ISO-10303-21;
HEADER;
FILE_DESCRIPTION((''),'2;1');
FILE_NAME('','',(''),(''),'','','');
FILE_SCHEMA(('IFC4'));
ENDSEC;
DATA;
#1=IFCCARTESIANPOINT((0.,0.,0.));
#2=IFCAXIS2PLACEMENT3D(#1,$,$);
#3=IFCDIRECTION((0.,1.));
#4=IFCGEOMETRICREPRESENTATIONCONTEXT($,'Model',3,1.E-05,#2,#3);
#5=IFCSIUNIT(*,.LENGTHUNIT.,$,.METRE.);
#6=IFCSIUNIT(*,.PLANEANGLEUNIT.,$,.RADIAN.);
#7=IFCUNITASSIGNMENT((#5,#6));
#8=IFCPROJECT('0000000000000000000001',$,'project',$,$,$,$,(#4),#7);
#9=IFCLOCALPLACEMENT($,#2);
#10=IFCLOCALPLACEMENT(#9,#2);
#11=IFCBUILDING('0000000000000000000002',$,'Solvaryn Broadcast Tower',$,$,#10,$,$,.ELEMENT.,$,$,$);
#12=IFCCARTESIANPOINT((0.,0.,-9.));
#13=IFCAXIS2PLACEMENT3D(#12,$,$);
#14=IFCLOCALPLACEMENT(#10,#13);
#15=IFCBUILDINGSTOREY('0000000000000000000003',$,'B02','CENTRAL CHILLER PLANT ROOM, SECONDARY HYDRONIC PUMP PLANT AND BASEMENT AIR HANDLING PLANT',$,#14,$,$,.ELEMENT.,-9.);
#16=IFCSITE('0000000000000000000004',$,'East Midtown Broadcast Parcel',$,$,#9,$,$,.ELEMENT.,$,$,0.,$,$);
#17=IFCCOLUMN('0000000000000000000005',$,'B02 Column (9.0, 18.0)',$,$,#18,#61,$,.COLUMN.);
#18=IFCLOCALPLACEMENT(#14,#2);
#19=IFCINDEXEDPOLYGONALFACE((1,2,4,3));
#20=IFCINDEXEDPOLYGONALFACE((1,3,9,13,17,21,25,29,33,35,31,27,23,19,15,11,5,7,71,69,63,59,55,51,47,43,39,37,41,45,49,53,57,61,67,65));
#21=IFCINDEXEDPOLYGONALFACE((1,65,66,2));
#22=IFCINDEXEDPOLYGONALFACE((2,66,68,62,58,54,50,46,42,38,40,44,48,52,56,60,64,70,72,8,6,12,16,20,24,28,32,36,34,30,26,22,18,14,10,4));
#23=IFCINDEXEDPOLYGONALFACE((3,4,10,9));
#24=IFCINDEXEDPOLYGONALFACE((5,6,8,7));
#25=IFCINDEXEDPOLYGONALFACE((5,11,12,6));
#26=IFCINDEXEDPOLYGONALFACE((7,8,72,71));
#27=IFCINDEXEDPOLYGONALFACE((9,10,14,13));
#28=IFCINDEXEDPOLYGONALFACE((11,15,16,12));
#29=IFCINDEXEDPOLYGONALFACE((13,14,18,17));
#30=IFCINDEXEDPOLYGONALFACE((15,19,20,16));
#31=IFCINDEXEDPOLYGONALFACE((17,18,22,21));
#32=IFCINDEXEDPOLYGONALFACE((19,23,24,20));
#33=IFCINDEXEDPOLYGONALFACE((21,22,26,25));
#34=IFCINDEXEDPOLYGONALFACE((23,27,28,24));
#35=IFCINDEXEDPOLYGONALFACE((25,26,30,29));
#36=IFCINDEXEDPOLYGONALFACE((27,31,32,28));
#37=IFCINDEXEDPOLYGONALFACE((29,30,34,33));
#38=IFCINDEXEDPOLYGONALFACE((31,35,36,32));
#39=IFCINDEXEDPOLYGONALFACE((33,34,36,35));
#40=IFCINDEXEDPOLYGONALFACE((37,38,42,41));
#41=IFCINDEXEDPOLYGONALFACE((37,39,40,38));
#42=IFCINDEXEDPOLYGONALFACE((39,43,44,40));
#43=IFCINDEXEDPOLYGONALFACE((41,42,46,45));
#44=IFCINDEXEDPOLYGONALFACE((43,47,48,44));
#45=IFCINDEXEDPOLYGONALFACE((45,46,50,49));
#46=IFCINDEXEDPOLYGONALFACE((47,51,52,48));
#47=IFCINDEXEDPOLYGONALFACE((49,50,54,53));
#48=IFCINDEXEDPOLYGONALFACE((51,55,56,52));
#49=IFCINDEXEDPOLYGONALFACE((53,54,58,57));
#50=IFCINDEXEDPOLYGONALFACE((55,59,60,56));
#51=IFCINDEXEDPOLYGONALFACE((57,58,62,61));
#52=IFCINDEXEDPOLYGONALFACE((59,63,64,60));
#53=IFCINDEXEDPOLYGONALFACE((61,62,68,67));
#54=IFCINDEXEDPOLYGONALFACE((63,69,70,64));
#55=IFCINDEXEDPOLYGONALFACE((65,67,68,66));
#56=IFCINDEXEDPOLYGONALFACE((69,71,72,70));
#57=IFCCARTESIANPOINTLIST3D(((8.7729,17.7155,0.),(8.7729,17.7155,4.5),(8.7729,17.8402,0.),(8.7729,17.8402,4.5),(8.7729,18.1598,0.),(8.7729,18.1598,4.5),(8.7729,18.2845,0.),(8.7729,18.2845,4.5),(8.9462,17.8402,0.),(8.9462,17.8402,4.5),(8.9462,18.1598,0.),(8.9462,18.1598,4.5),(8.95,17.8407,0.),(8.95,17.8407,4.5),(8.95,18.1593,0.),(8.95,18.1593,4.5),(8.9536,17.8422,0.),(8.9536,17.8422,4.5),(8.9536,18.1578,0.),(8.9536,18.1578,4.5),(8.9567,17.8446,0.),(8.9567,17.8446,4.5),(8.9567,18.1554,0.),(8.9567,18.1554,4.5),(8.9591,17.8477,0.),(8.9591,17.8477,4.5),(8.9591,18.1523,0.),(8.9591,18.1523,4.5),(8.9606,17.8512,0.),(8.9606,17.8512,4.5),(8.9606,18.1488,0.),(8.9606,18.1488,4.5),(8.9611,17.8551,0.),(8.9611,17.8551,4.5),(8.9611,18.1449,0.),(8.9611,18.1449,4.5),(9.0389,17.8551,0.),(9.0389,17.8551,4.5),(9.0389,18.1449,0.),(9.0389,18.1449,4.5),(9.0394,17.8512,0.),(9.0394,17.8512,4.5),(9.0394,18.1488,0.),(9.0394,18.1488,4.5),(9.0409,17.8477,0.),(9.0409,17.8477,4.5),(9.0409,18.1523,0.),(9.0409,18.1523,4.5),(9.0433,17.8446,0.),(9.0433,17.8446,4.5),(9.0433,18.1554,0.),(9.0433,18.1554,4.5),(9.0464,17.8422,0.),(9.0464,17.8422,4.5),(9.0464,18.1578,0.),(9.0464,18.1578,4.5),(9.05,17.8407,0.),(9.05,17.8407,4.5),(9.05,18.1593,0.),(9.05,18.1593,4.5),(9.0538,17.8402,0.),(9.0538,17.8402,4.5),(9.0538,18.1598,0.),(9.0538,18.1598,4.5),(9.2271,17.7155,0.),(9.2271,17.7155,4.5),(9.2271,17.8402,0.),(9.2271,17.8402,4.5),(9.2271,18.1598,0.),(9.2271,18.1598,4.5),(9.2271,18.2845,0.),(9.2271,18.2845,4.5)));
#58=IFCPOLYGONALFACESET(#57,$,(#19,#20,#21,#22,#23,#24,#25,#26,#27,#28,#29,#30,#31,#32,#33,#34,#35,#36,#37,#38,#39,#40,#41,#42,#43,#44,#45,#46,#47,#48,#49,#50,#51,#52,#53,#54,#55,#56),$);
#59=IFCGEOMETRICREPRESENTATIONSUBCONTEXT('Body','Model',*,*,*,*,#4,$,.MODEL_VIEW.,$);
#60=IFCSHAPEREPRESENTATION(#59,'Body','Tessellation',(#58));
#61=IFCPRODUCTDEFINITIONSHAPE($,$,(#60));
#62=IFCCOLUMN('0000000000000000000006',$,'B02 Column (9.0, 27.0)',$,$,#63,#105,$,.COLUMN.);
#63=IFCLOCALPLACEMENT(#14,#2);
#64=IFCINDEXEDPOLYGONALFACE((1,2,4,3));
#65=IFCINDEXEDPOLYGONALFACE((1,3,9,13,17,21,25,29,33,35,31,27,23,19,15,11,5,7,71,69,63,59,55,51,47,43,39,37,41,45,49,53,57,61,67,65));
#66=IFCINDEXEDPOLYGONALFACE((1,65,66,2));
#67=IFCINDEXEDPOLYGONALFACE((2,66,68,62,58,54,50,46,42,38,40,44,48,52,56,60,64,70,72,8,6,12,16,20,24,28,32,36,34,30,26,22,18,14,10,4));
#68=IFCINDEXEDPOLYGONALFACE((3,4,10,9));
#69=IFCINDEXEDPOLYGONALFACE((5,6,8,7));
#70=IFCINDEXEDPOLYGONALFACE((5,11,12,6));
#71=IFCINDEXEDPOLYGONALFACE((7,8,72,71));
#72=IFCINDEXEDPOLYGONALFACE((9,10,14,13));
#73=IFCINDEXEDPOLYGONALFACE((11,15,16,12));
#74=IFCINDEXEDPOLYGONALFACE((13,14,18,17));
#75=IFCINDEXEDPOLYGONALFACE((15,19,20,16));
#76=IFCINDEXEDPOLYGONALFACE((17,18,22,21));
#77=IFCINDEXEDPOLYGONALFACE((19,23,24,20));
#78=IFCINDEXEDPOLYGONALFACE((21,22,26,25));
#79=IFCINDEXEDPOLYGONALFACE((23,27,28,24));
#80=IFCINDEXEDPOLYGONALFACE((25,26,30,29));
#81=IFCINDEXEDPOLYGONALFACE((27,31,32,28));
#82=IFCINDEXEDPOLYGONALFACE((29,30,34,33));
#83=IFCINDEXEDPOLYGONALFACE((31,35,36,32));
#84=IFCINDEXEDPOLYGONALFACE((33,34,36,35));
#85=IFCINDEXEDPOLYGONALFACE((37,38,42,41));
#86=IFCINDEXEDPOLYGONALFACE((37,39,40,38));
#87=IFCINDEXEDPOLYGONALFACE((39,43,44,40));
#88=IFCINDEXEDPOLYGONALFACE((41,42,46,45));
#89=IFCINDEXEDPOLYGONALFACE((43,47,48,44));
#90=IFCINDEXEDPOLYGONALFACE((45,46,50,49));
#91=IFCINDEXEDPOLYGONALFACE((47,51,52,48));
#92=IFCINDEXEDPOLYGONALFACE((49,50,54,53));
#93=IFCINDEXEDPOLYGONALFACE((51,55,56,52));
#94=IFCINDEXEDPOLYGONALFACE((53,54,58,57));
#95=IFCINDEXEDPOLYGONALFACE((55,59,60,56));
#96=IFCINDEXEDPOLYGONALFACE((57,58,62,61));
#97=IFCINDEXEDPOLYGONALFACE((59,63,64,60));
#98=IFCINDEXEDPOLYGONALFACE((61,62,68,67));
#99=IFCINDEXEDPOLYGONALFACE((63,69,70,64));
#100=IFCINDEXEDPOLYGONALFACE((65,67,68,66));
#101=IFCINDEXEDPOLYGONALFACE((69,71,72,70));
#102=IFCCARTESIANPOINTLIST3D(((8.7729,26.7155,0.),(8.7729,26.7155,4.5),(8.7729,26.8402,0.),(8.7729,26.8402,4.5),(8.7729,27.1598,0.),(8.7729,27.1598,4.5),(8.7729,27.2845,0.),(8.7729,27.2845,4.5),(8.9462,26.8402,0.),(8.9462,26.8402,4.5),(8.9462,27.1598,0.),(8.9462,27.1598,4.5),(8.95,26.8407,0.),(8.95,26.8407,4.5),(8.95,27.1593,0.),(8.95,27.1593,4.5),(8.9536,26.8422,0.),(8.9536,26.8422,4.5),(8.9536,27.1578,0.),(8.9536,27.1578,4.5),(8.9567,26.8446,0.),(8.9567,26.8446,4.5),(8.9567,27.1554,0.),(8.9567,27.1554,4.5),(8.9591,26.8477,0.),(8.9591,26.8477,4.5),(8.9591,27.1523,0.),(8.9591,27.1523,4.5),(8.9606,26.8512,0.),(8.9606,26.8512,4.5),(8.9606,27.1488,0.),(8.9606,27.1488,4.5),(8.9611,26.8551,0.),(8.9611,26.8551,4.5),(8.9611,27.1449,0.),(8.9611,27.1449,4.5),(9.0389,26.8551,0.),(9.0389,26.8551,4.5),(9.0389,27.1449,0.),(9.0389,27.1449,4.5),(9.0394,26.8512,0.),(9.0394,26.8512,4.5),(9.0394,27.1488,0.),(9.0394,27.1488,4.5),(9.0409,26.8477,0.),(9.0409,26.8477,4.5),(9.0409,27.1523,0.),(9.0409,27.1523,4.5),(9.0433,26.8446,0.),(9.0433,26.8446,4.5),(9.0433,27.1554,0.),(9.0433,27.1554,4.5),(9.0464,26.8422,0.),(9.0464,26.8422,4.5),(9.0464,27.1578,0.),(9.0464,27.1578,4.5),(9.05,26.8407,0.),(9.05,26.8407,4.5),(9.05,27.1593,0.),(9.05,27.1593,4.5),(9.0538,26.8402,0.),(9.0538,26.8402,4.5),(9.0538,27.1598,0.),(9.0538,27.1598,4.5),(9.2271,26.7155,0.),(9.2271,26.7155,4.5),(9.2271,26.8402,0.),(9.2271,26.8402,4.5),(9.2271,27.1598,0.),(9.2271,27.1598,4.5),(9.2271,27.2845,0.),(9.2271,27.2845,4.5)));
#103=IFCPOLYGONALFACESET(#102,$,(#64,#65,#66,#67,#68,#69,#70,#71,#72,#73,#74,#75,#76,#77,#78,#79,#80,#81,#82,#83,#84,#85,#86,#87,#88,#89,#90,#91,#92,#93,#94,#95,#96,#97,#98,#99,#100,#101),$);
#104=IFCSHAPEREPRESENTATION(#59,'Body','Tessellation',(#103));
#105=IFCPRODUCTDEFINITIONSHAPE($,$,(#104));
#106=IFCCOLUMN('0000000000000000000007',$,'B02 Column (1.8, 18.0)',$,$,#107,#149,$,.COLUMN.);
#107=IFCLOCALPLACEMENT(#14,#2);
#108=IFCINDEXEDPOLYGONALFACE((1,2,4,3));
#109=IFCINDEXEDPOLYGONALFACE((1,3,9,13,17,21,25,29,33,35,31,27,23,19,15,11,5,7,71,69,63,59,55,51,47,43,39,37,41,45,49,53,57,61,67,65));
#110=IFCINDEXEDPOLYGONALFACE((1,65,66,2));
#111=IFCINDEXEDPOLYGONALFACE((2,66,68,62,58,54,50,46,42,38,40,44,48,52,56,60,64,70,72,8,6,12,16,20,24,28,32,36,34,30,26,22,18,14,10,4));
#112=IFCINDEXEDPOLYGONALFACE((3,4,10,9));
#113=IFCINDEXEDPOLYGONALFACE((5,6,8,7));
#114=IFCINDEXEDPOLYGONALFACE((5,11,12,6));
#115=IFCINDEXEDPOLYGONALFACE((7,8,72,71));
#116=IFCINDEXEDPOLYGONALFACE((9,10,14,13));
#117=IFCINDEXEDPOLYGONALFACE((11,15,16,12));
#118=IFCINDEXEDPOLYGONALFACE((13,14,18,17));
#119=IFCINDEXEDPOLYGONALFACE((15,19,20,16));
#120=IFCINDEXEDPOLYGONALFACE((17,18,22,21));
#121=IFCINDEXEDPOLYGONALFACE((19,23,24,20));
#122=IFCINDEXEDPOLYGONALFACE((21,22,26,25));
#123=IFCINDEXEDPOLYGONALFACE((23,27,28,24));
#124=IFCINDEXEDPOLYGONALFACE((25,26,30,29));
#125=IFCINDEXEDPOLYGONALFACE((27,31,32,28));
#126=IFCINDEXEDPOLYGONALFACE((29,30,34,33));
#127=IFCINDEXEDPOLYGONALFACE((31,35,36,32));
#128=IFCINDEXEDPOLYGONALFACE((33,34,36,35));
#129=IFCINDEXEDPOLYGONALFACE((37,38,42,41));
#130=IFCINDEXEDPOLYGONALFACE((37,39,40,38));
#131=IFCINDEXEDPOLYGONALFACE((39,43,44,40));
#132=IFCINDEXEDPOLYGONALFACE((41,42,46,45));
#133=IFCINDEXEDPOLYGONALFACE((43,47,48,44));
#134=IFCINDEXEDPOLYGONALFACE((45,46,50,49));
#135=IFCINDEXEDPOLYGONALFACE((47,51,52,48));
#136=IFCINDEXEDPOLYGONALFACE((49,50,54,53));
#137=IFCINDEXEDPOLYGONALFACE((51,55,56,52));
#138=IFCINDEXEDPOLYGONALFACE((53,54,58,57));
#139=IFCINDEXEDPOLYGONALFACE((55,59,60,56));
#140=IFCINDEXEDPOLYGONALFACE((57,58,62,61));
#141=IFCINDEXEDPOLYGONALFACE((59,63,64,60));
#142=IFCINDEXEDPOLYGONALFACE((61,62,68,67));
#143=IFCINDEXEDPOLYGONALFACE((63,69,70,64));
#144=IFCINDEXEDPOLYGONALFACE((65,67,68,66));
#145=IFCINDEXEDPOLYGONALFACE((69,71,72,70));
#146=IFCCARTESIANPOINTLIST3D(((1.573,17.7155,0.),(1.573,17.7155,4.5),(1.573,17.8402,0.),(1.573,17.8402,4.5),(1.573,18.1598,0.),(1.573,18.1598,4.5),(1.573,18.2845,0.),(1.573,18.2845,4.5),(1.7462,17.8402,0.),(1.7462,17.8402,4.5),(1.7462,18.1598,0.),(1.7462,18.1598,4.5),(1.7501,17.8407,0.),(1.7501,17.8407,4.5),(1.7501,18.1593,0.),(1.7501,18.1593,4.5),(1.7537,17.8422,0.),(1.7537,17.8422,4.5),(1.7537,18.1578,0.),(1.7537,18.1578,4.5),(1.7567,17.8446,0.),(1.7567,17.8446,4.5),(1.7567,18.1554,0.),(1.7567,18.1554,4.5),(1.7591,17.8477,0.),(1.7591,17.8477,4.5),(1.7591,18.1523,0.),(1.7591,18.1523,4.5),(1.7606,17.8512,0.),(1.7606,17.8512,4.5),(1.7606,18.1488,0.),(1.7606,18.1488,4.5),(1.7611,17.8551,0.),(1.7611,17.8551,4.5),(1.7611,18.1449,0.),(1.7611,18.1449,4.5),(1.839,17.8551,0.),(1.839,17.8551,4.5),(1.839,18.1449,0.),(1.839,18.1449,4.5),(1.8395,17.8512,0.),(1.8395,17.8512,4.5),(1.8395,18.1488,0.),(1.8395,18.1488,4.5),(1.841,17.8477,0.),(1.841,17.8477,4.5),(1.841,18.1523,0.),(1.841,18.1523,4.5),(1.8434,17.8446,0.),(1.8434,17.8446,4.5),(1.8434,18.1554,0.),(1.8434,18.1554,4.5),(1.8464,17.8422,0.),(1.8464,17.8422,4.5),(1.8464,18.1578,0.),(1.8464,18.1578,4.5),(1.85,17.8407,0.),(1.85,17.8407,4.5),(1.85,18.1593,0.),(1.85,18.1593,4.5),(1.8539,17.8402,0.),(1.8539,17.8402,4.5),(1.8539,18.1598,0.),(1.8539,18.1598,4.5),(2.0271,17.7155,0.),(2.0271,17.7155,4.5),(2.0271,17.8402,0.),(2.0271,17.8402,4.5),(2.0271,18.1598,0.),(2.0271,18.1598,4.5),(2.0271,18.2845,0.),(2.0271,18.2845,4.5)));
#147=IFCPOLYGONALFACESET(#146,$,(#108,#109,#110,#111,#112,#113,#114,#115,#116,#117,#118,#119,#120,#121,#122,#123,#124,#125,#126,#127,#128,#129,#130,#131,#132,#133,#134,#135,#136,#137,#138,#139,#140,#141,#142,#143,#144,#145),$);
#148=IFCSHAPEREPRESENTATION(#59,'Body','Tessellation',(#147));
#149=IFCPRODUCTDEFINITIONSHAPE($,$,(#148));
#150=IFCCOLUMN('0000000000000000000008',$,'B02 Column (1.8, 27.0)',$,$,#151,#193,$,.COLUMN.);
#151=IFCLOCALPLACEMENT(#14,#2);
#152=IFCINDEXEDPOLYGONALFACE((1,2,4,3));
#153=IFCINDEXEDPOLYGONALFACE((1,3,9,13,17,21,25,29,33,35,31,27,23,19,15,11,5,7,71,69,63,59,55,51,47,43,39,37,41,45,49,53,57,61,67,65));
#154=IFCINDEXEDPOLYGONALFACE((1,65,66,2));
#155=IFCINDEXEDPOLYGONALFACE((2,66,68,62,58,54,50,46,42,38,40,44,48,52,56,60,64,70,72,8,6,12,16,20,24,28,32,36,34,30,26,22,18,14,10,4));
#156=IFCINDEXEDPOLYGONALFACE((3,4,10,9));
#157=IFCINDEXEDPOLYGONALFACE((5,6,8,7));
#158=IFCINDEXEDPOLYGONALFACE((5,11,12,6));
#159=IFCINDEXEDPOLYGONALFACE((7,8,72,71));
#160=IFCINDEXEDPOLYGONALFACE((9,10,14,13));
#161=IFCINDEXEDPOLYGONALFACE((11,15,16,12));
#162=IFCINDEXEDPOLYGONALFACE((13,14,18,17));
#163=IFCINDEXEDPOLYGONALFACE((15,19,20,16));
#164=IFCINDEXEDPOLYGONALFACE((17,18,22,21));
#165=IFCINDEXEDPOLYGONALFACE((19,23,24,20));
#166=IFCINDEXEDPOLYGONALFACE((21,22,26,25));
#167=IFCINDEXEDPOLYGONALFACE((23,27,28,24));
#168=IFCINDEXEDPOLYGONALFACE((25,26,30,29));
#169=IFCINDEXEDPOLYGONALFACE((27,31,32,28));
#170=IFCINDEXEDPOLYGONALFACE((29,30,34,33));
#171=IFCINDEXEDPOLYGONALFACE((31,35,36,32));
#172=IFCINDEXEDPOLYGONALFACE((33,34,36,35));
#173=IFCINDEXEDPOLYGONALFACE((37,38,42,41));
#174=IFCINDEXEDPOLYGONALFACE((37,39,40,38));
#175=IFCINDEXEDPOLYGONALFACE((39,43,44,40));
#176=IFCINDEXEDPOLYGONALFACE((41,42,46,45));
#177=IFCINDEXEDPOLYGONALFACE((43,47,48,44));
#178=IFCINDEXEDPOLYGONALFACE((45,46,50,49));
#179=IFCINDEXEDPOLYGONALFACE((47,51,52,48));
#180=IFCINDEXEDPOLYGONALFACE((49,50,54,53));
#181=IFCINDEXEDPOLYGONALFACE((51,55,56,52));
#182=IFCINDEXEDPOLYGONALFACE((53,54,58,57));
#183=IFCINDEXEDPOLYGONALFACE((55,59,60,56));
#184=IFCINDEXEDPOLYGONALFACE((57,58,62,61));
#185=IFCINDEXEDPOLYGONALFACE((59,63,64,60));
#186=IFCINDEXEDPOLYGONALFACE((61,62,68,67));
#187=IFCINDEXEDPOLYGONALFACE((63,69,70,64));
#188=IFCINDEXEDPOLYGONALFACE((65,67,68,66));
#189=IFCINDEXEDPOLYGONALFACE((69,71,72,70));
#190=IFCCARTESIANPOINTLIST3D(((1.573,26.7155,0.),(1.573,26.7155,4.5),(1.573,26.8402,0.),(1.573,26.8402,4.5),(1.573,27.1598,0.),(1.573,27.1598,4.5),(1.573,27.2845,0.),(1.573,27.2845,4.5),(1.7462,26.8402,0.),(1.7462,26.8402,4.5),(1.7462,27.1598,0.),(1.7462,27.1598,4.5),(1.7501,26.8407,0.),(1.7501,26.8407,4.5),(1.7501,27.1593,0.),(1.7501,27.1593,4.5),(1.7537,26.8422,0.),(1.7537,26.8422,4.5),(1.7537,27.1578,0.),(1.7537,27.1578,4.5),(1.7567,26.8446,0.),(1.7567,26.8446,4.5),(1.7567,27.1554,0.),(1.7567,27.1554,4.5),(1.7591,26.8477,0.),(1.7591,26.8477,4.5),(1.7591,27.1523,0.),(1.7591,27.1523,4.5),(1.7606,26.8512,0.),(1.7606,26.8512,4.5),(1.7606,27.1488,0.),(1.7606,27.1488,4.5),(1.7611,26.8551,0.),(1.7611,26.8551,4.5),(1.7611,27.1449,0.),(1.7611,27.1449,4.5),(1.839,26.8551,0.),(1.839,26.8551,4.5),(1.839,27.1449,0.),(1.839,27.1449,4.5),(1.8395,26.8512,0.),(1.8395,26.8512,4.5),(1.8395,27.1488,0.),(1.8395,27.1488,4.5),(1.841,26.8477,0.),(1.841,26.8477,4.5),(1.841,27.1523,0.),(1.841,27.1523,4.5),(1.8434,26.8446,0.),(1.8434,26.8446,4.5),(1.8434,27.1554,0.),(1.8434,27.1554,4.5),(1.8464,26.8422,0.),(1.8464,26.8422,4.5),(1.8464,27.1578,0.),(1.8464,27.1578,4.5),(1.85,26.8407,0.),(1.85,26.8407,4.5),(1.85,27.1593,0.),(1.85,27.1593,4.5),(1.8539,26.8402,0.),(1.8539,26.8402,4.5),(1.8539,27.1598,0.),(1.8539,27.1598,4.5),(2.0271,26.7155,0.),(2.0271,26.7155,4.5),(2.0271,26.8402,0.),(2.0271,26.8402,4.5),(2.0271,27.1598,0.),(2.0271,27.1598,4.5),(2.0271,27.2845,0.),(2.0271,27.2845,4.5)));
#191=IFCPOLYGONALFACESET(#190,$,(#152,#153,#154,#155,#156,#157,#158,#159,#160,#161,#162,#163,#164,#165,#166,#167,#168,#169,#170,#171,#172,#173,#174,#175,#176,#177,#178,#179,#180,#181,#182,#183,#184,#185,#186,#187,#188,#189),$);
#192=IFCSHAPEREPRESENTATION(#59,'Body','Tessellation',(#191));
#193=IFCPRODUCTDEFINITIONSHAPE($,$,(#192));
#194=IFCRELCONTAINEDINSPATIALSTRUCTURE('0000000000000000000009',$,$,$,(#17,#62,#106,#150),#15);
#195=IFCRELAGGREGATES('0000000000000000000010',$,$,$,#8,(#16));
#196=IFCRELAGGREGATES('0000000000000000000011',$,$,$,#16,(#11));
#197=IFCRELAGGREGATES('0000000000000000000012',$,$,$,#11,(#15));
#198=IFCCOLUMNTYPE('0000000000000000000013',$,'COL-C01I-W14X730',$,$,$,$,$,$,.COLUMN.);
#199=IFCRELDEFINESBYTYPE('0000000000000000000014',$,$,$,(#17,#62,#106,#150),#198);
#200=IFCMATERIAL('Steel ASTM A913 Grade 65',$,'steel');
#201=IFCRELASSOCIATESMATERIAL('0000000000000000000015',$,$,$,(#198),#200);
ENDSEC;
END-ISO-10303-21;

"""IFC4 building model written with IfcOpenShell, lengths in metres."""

from ifc_helpers import new_model, si_unit, direction, frame, origin, origin_2d, place, context, subcontext, project, spatial, i_section, extrude, material, material_profile, profile_set, type_object, element, save


model = new_model("IFC4")

# Units and contexts
model_context = context("Model", 3, precision=1e-05, world=origin(), true_north=direction((0.0, 1.0)))
body_context = subcontext(model_context, "Body", "Model", "MODEL_VIEW")
ifc_project = project(units=[si_unit("LENGTHUNIT", "METRE"), si_unit("PLANEANGLEUNIT", "RADIAN")], contexts=[model_context])

# Site, building, storey
site_placement = place(None, origin())
site = spatial("IfcSite", under=ifc_project, at=site_placement, Name="East Midtown Broadcast Parcel", CompositionType="ELEMENT", RefElevation=0.0)
building_placement = place(site_placement, origin())
building = spatial("IfcBuilding", under=site, at=building_placement, Name="Solvaryn Broadcast Tower", CompositionType="ELEMENT")
storey_placement = place(building_placement, frame((0.0, 0.0, -9.0)))
storey = spatial("IfcBuildingStorey", under=building, at=storey_placement, Name="B02", Description="CENTRAL CHILLER PLANT ROOM, SECONDARY HYDRONIC PUMP PLANT AND BASEMENT AIR HANDLING PLANT", CompositionType="ELEMENT", Elevation=-9.0)

# Columns
ifc_material_1 = material(Name="Steel ASTM A913 Grade 65", Category="steel")
ifc_material_profile_1 = material_profile(ifc_material_1, i_section(OverallWidth=0.4541, OverallDepth=0.5691, WebThickness=0.0779, FlangeThickness=0.1248, FilletRadius=0.0149, at=origin_2d()))
ifc_profile_set_1 = profile_set([ifc_material_profile_1], Name="Steel ASTM A913 Grade 65")
column_type_1 = type_object("IfcColumnType", Name="COL-C01I-W14X730", PredefinedType="COLUMN", material=ifc_profile_set_1)
for number, where, z_axis, x_axis, name in (
    (1, (9.0, 18.0, 0.0), (0.0, 0.0, 1.0), (1.0, 0.0, 0.0), "B02 Column (9.0, 18.0)"),
    (2, (9.0, 27.0, 0.0), (0.0, 0.0, 1.0), (1.0, 0.0, 0.0), "B02 Column (9.0, 27.0)"),
    (3, (1.8, 18.0, 0.0), (0.0, 0.0, 1.0), (1.0, 0.0, 0.0), "B02 Column (1.8, 18.0)"),
    (4, (1.8, 27.0, 0.0), (0.0, 0.0, 1.0), (1.0, 0.0, 0.0), "B02 Column (1.8, 27.0)"),
):
    element("IfcColumn", number, at=place(storey_placement, frame(where, z_axis=z_axis, x_axis=x_axis)), inside=storey, type_object=column_type_1, Name=name, PredefinedType="COLUMN", context=body_context, shape_type="SweptSolid", body=[
        extrude(i_section(OverallWidth=0.4541, OverallDepth=0.5691, WebThickness=0.0779, FlangeThickness=0.1248, FilletRadius=0.0149, at=origin_2d()), origin(), (0.0, 0.0, 1.0), 4.5),
    ])

save(model, "model.ifc")
